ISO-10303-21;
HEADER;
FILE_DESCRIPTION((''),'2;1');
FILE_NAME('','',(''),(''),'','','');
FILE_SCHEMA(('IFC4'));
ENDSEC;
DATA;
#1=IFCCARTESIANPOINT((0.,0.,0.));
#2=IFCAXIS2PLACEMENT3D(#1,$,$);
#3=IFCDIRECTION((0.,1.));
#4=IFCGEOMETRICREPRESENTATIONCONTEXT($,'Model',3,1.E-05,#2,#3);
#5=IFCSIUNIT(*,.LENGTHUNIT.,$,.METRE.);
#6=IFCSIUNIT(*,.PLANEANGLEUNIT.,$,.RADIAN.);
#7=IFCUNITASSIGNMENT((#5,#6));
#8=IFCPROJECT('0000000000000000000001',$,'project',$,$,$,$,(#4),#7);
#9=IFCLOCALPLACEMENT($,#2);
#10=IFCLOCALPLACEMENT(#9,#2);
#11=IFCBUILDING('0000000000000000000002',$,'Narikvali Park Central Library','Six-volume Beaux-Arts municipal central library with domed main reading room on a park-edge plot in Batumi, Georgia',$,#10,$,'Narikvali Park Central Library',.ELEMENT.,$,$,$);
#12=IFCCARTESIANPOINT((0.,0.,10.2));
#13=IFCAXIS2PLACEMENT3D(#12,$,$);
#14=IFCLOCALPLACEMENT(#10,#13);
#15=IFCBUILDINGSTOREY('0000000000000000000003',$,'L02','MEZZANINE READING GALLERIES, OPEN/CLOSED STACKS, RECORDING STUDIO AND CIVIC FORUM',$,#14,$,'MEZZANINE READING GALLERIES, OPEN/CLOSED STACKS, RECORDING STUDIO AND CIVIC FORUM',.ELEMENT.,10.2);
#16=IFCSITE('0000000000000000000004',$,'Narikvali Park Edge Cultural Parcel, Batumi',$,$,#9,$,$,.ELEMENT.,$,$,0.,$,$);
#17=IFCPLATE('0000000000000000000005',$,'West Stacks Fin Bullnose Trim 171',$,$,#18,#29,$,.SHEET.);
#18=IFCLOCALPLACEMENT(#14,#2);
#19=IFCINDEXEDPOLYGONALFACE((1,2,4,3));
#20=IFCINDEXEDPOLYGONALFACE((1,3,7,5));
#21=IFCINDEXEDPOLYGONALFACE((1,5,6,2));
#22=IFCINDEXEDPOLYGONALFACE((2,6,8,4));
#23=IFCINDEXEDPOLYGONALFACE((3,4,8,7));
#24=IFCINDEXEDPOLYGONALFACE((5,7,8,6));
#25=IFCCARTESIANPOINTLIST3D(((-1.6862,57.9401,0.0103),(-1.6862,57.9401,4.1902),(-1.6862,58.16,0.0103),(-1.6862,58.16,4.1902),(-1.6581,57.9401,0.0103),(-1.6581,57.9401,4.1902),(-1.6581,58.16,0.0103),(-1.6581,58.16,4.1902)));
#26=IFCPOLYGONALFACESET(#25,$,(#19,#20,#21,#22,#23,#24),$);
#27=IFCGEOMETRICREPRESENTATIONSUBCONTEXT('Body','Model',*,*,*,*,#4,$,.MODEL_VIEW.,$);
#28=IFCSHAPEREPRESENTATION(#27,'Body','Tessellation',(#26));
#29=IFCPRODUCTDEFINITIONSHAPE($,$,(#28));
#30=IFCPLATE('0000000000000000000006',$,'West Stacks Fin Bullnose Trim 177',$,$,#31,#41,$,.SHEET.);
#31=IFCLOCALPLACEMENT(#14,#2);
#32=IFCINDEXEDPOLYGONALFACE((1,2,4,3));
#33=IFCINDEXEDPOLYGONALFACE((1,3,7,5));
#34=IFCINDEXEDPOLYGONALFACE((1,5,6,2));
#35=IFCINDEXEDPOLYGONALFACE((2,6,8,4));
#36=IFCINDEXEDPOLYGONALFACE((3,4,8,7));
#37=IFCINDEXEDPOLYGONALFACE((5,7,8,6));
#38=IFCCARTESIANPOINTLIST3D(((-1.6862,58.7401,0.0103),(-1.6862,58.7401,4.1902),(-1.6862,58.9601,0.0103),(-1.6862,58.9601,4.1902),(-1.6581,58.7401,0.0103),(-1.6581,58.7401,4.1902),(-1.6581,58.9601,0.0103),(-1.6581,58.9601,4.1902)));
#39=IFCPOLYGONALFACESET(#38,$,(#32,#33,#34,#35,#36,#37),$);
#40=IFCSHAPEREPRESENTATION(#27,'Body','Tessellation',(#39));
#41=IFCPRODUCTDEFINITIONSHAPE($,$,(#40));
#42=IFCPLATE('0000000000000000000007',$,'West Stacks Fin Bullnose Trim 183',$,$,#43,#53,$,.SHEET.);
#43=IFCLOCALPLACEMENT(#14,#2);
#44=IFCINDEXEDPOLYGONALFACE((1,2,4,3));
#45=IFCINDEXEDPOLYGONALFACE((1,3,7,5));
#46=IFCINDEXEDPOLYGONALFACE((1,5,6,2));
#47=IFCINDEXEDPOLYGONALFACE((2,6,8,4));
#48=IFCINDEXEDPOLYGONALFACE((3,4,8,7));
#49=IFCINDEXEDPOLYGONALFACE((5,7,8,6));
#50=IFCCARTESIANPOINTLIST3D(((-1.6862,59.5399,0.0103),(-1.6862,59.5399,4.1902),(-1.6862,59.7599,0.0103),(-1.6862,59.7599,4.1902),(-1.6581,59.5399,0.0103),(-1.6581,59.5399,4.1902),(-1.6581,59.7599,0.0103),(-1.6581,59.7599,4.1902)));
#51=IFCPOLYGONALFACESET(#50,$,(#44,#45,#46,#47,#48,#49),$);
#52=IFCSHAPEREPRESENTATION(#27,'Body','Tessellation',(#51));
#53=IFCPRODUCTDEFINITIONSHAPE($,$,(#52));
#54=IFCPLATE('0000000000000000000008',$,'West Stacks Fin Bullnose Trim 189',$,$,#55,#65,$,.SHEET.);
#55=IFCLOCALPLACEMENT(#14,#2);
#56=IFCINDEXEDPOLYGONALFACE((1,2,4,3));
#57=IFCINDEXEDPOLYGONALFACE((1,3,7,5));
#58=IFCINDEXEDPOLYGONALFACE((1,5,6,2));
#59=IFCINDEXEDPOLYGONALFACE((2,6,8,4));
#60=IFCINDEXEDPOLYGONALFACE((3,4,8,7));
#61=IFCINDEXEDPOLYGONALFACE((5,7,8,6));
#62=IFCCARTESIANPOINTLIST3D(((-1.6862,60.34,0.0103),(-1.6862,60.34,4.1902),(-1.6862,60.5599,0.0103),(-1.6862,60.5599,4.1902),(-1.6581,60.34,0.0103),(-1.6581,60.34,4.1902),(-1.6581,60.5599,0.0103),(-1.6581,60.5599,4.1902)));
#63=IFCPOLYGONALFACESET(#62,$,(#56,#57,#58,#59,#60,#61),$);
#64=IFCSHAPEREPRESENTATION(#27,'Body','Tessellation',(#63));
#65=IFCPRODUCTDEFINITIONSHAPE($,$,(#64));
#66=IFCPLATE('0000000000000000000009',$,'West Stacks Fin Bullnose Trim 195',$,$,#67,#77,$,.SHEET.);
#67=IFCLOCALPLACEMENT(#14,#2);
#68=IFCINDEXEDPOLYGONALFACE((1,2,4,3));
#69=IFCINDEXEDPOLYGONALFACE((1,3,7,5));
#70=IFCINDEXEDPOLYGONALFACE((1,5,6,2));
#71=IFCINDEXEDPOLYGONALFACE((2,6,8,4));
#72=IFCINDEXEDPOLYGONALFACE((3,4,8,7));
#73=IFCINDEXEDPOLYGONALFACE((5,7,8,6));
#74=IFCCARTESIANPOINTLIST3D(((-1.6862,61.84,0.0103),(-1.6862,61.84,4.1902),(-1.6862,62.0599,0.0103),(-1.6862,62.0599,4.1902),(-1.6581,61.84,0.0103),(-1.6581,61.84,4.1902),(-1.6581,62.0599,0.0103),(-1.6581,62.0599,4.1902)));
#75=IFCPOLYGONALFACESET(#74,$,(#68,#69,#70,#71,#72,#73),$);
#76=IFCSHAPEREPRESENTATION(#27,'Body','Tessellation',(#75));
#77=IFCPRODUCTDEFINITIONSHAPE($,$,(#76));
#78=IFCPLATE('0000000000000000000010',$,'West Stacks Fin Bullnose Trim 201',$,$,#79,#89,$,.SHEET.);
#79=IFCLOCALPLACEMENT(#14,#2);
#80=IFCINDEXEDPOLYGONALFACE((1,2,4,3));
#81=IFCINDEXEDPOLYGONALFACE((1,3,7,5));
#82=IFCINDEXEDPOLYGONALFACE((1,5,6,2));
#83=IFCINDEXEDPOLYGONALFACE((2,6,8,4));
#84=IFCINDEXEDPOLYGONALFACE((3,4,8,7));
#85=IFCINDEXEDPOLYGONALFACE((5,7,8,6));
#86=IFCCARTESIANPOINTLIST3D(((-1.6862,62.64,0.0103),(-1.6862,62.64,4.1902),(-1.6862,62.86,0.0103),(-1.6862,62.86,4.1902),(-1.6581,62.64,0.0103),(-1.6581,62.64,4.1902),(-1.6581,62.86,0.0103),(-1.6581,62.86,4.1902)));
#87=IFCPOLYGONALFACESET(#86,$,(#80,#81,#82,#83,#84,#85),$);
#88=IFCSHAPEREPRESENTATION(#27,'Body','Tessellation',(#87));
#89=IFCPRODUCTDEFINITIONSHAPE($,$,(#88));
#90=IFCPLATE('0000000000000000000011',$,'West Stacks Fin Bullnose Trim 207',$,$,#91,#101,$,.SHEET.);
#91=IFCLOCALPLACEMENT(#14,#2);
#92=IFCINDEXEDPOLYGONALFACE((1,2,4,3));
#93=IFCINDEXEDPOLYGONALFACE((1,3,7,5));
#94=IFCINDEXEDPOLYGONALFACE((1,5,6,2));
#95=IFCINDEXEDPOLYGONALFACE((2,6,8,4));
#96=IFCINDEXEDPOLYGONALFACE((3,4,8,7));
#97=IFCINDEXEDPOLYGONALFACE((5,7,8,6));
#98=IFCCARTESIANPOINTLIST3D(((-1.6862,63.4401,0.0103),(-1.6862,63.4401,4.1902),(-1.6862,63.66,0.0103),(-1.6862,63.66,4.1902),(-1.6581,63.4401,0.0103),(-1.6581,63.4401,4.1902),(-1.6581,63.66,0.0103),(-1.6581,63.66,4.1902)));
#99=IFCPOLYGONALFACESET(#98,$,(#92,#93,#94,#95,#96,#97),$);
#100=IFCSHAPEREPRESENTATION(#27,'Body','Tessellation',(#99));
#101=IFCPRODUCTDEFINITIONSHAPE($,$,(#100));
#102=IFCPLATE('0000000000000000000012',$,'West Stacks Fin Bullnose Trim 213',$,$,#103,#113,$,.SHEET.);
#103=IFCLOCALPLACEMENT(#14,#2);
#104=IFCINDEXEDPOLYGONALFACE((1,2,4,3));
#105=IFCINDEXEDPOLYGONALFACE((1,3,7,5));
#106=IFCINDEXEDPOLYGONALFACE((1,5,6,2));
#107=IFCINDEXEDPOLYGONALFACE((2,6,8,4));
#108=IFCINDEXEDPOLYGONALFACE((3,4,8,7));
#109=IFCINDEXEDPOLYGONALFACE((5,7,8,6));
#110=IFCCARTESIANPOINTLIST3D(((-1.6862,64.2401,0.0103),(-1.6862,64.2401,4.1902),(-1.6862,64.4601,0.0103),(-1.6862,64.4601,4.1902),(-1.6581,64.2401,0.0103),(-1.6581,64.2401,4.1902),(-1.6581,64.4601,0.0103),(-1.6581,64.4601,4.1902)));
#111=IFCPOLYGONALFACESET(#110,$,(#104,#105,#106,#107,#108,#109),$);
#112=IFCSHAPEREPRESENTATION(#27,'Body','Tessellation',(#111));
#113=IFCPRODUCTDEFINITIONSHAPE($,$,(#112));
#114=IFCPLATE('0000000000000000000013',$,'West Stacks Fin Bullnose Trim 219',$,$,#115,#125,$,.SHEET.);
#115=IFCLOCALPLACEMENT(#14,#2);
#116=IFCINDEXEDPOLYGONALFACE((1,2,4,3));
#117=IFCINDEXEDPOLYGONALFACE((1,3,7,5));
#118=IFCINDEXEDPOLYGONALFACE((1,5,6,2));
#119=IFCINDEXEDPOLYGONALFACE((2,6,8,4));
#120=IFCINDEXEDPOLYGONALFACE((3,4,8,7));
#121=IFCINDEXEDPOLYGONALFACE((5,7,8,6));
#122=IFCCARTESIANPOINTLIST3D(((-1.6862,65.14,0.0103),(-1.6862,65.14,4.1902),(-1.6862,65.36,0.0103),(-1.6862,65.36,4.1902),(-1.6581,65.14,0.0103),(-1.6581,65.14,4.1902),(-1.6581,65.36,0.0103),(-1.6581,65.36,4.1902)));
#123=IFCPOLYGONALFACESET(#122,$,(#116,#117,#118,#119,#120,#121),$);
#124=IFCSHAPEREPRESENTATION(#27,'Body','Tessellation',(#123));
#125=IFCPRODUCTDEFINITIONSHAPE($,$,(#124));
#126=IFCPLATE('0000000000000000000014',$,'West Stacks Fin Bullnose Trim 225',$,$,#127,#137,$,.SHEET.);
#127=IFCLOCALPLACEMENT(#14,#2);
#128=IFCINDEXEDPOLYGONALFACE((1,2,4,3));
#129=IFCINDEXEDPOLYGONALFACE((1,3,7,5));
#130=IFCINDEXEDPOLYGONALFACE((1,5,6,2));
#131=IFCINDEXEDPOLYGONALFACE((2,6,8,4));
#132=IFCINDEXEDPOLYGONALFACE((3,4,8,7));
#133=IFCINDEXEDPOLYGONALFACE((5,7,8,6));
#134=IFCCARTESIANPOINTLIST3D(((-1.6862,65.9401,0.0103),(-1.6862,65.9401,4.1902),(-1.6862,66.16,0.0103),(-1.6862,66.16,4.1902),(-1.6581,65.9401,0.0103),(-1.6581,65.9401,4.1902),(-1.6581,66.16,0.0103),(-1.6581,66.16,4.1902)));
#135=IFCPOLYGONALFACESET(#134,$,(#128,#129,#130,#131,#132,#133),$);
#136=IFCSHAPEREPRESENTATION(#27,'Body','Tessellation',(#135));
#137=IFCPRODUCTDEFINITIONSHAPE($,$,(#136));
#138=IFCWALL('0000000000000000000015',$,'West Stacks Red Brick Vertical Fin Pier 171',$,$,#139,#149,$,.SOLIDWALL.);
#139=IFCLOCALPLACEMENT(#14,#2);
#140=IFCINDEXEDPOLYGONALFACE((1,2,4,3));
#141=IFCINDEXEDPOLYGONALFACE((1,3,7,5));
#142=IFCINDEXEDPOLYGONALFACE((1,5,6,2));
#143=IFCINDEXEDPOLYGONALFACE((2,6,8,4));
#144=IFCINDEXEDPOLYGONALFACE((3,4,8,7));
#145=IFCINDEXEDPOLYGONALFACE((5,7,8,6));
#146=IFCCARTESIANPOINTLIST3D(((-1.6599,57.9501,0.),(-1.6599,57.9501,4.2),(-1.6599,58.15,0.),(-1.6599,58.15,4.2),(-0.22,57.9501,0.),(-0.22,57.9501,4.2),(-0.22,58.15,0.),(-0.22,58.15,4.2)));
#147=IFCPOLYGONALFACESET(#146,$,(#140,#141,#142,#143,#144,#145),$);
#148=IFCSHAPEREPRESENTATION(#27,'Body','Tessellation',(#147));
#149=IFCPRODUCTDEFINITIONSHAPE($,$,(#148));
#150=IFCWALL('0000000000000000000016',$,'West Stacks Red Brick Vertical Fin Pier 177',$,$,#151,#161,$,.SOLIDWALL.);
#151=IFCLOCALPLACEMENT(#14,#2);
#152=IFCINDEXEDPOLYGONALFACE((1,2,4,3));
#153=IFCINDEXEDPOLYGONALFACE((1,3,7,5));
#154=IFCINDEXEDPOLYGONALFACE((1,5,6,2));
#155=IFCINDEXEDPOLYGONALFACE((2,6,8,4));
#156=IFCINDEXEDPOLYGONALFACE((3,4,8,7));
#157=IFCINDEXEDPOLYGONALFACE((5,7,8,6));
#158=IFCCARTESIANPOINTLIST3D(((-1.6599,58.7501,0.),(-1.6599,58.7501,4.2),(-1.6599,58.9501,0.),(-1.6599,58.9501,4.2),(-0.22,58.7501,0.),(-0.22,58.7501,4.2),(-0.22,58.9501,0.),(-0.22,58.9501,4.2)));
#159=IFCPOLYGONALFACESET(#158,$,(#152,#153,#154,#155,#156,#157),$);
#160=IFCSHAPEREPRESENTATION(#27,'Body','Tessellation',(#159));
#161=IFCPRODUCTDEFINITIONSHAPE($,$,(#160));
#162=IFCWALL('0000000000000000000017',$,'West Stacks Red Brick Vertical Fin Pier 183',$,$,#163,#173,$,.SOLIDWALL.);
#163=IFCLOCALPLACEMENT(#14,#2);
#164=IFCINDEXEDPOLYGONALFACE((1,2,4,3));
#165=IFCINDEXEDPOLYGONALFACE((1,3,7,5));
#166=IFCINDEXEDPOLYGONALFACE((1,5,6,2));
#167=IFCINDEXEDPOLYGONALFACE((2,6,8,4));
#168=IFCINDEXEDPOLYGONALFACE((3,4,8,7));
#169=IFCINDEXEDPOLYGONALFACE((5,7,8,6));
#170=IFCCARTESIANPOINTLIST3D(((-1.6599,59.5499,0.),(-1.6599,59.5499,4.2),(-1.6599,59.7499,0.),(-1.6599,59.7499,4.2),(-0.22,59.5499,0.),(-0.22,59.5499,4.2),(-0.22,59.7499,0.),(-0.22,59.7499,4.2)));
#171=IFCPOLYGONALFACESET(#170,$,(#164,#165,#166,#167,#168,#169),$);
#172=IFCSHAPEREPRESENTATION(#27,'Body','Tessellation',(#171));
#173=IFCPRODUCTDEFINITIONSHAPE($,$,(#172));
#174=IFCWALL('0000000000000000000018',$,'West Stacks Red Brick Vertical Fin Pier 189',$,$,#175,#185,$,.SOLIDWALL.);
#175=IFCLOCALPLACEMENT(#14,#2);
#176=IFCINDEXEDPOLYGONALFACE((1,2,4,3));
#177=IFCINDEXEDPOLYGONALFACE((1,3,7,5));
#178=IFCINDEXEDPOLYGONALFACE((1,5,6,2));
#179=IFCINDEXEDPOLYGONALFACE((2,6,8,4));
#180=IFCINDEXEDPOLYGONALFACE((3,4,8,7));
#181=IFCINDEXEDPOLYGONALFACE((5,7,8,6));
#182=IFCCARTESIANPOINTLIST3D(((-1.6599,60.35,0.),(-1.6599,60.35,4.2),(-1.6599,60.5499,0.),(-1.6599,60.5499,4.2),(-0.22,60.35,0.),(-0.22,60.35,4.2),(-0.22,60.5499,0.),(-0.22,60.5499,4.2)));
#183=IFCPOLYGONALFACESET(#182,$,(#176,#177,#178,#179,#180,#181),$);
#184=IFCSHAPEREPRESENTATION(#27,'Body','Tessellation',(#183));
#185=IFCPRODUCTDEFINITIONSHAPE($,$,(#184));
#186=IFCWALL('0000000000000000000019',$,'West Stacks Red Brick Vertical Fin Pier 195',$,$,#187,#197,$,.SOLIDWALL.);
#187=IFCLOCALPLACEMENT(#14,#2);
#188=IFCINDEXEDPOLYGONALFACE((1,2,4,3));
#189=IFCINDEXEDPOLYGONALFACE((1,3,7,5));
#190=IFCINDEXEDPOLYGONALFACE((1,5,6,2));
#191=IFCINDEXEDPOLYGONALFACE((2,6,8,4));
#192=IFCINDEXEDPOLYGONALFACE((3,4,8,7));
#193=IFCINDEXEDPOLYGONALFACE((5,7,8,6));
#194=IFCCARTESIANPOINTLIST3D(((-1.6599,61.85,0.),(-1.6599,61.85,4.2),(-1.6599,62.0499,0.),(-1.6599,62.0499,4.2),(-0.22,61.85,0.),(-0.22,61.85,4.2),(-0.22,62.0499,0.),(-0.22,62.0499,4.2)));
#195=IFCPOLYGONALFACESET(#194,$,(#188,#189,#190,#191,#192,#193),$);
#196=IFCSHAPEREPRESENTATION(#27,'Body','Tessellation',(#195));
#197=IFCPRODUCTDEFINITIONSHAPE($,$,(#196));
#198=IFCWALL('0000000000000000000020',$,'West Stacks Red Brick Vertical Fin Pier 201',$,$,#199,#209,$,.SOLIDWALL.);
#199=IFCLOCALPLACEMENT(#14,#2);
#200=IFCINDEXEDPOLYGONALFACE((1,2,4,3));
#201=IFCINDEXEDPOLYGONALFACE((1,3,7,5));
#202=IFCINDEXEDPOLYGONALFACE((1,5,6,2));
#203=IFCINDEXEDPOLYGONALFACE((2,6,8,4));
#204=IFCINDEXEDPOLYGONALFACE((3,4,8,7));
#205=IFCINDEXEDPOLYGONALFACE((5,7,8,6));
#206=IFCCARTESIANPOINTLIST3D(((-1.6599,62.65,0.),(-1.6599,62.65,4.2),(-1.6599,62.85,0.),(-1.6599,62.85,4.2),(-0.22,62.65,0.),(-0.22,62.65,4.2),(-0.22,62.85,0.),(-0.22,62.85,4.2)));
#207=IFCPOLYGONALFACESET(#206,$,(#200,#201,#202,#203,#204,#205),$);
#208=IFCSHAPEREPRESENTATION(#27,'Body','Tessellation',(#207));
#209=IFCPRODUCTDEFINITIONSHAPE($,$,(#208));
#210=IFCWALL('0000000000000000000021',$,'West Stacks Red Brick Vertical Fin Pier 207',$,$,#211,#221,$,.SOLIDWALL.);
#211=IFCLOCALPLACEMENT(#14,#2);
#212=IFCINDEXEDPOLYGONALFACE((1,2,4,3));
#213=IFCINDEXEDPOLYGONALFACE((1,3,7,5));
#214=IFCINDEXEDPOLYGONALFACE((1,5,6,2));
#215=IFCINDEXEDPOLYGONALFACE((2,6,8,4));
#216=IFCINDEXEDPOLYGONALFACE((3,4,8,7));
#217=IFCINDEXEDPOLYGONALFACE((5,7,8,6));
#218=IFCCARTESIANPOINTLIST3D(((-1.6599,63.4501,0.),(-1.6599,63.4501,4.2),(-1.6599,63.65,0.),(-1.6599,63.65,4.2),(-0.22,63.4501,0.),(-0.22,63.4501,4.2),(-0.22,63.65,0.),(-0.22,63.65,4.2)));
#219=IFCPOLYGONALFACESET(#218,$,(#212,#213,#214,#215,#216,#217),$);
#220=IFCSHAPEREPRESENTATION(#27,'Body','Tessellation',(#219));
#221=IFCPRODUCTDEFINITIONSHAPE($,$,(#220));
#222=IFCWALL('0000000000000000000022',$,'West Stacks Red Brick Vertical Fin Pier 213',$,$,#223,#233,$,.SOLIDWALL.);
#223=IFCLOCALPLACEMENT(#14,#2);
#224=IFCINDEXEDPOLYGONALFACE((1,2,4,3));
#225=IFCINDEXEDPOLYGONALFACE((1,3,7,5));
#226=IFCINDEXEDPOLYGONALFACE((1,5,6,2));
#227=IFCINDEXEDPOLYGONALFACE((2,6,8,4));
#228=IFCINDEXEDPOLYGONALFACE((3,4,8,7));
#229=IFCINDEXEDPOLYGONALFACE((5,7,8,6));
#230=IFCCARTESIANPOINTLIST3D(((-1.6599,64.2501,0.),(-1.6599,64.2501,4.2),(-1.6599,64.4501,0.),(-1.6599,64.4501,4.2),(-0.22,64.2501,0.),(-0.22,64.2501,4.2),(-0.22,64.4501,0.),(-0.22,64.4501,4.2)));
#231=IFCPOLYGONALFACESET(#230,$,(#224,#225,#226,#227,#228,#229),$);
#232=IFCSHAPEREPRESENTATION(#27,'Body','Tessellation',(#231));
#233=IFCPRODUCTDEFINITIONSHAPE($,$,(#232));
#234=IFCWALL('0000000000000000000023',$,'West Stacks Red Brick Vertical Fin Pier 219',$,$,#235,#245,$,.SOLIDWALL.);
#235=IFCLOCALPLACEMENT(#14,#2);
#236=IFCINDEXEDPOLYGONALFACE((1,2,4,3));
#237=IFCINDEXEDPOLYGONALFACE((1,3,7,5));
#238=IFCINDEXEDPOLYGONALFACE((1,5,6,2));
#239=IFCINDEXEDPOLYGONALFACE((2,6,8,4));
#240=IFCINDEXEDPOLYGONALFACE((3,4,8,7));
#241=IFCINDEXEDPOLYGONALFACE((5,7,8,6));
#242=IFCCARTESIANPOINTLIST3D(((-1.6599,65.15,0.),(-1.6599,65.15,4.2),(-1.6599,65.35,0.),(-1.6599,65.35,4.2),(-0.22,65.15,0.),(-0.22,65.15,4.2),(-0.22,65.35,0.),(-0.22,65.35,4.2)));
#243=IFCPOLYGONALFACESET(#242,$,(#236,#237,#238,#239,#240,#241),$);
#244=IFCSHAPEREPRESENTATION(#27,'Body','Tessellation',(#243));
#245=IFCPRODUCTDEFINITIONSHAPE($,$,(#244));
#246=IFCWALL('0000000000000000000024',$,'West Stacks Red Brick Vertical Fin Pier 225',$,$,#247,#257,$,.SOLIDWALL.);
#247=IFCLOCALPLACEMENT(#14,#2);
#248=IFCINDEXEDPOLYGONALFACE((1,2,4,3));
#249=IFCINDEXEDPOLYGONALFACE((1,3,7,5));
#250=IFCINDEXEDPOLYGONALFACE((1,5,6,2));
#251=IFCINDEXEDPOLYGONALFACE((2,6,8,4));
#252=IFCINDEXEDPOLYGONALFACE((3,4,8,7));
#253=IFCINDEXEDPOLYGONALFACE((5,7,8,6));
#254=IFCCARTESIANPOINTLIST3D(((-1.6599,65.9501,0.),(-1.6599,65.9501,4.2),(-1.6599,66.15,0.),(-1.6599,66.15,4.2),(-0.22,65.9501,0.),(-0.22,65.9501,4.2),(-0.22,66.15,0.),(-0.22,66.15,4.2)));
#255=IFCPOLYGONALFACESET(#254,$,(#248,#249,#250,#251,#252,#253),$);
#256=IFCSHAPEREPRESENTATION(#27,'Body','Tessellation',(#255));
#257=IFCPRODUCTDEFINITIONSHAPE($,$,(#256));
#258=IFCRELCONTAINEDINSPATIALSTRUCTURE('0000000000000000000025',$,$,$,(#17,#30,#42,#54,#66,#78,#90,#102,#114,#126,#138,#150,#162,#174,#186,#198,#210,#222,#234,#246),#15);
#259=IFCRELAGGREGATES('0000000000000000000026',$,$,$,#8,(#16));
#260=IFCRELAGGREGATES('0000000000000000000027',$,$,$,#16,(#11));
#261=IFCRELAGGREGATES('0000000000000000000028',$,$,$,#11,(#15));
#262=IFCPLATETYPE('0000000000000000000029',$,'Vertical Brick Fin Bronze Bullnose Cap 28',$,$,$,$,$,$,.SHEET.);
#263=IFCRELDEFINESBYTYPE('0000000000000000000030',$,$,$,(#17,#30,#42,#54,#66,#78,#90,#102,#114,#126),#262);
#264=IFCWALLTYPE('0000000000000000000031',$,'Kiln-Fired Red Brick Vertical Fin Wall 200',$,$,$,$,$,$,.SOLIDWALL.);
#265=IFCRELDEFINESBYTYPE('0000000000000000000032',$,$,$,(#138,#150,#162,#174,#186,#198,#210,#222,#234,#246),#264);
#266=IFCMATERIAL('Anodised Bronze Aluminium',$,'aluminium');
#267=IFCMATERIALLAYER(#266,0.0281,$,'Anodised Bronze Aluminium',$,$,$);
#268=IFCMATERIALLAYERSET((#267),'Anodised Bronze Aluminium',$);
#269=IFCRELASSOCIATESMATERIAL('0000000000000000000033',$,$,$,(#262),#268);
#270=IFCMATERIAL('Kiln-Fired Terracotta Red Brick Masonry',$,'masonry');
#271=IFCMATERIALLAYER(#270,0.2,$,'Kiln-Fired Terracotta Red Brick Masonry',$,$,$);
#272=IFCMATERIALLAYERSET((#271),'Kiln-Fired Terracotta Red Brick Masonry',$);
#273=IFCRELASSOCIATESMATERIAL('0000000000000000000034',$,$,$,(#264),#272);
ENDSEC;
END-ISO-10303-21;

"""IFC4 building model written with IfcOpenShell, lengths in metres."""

from ifc_helpers import new_model, si_unit, direction, frame, frame_2d, origin, origin_2d, place, context, subcontext, project, spatial, rectangle, extrude, material, layer, layer_set, type_object, element, save


model = new_model("IFC4")

# Units and contexts
model_context = context("Model", 3, precision=1e-05, world=origin(), true_north=direction((0.0, 1.0)))
body_context = subcontext(model_context, "Body", "Model", "MODEL_VIEW")
ifc_project = project(units=[si_unit("LENGTHUNIT", "METRE"), si_unit("PLANEANGLEUNIT", "RADIAN")], contexts=[model_context])

# Site, building, storey
site_placement = place(None, origin())
site = spatial("IfcSite", under=ifc_project, at=site_placement, Name="Narikvali Park Edge Cultural Parcel, Batumi", CompositionType="ELEMENT", RefElevation=0.0)
building_placement = place(site_placement, origin())
building = spatial("IfcBuilding", under=site, at=building_placement, Name="Narikvali Park Central Library", Description="Six-volume Beaux-Arts municipal central library with domed main reading room on a park-edge plot in Batumi, Georgia", LongName="Narikvali Park Central Library", CompositionType="ELEMENT")
storey_placement = place(building_placement, frame((0.0, 0.0, 10.2)))
storey = spatial("IfcBuildingStorey", under=building, at=storey_placement, Name="L02", Description="MEZZANINE READING GALLERIES, OPEN/CLOSED STACKS, RECORDING STUDIO AND CIVIC FORUM", LongName="MEZZANINE READING GALLERIES, OPEN/CLOSED STACKS, RECORDING STUDIO AND CIVIC FORUM", CompositionType="ELEMENT", Elevation=10.2)

# Plates
ifc_material_1 = material(Name="Anodised Bronze Aluminium", Category="aluminium")
ifc_layer_1 = layer(ifc_material_1, 0.0281, Name="Anodised Bronze Aluminium")
ifc_layer_set_1 = layer_set([ifc_layer_1], Name="Anodised Bronze Aluminium")
plate_type = type_object("IfcPlateType", Name="Vertical Brick Fin Bronze Bullnose Cap 28", PredefinedType="SHEET", material=ifc_layer_set_1)
for number, where, z_axis, x_axis, name in (
    (1, (-1.6721, 58.05, 0.0103), (0.0, 0.0, 1.0), (1.0, 0.0, 0.0), "West Stacks Fin Bullnose Trim 171"),
    (2, (-1.6721, 58.8501, 0.0103), (0.0, 0.0, 1.0), (1.0, 0.0, 0.0), "West Stacks Fin Bullnose Trim 177"),
    (3, (-1.6721, 59.6499, 0.0103), (0.0, 0.0, 1.0), (1.0, 0.0, 0.0), "West Stacks Fin Bullnose Trim 183"),
    (4, (-1.6721, 60.45, 0.0103), (0.0, 0.0, 1.0), (1.0, 0.0, 0.0), "West Stacks Fin Bullnose Trim 189"),
    (5, (-1.6721, 61.95, 0.0103), (0.0, 0.0, 1.0), (1.0, 0.0, 0.0), "West Stacks Fin Bullnose Trim 195"),
    (6, (-1.6721, 62.75, 0.0103), (0.0, 0.0, 1.0), (1.0, 0.0, 0.0), "West Stacks Fin Bullnose Trim 201"),
    (7, (-1.6721, 63.55, 0.0103), (0.0, 0.0, 1.0), (1.0, 0.0, 0.0), "West Stacks Fin Bullnose Trim 207"),
    (8, (-1.6721, 64.3501, 0.0103), (0.0, 0.0, 1.0), (1.0, 0.0, 0.0), "West Stacks Fin Bullnose Trim 213"),
    (9, (-1.6721, 65.25, 0.0103), (0.0, 0.0, 1.0), (1.0, 0.0, 0.0), "West Stacks Fin Bullnose Trim 219"),
    (10, (-1.6721, 66.05, 0.0103), (0.0, 0.0, 1.0), (1.0, 0.0, 0.0), "West Stacks Fin Bullnose Trim 225"),
):
    element("IfcPlate", number, at=place(storey_placement, frame(where, z_axis=z_axis, x_axis=x_axis)), inside=storey, type_object=plate_type, Name=name, PredefinedType="SHEET", context=body_context, shape_type="SweptSolid", body=[
        extrude(rectangle(XDim=0.0281, YDim=0.22, at=origin_2d()), origin(), (0.0, 0.0, 1.0), 4.1799),
    ])

# Walls
ifc_material_2 = material(Name="Kiln-Fired Terracotta Red Brick Masonry", Category="masonry")
ifc_layer_2 = layer(ifc_material_2, 0.2, Name="Kiln-Fired Terracotta Red Brick Masonry")
ifc_layer_set_2 = layer_set([ifc_layer_2], Name="Kiln-Fired Terracotta Red Brick Masonry")
wall_type = type_object("IfcWallType", Name="Kiln-Fired Red Brick Vertical Fin Wall 200", PredefinedType="SOLIDWALL", material=ifc_layer_set_2)
for number, where, z_axis, x_axis, name in (
    (11, (-1.6599, 58.05, 0.0), (0.0, 0.0, 1.0), (1.0, 0.0, 0.0), "West Stacks Red Brick Vertical Fin Pier 171"),
    (12, (-1.6599, 58.8501, 0.0), (0.0, 0.0, 1.0), (1.0, 0.0, 0.0), "West Stacks Red Brick Vertical Fin Pier 177"),
    (13, (-1.6599, 59.6499, 0.0), (0.0, 0.0, 1.0), (1.0, 0.0, 0.0), "West Stacks Red Brick Vertical Fin Pier 183"),
    (14, (-1.6599, 60.45, 0.0), (0.0, 0.0, 1.0), (1.0, 0.0, 0.0), "West Stacks Red Brick Vertical Fin Pier 189"),
    (15, (-1.6599, 61.95, 0.0), (0.0, 0.0, 1.0), (1.0, 0.0, 0.0), "West Stacks Red Brick Vertical Fin Pier 195"),
    (16, (-1.6599, 62.75, 0.0), (0.0, 0.0, 1.0), (1.0, 0.0, 0.0), "West Stacks Red Brick Vertical Fin Pier 201"),
    (17, (-1.6599, 63.55, 0.0), (0.0, 0.0, 1.0), (1.0, 0.0, 0.0), "West Stacks Red Brick Vertical Fin Pier 207"),
    (18, (-1.6599, 64.3501, 0.0), (0.0, 0.0, 1.0), (1.0, 0.0, 0.0), "West Stacks Red Brick Vertical Fin Pier 213"),
    (19, (-1.6599, 65.25, 0.0), (0.0, 0.0, 1.0), (1.0, 0.0, 0.0), "West Stacks Red Brick Vertical Fin Pier 219"),
    (20, (-1.6599, 66.05, 0.0), (0.0, 0.0, 1.0), (1.0, 0.0, 0.0), "West Stacks Red Brick Vertical Fin Pier 225"),
):
    element("IfcWall", number, at=place(storey_placement, frame(where, z_axis=z_axis, x_axis=x_axis)), inside=storey, type_object=wall_type, Name=name, PredefinedType="SOLIDWALL", context=body_context, shape_type="SweptSolid", body=[
        extrude(rectangle(XDim=1.4399, YDim=0.2, at=frame_2d((0.72, 0.0))), origin(), (0.0, 0.0, 1.0), 4.2),
    ])

save(model, "model.ifc")
